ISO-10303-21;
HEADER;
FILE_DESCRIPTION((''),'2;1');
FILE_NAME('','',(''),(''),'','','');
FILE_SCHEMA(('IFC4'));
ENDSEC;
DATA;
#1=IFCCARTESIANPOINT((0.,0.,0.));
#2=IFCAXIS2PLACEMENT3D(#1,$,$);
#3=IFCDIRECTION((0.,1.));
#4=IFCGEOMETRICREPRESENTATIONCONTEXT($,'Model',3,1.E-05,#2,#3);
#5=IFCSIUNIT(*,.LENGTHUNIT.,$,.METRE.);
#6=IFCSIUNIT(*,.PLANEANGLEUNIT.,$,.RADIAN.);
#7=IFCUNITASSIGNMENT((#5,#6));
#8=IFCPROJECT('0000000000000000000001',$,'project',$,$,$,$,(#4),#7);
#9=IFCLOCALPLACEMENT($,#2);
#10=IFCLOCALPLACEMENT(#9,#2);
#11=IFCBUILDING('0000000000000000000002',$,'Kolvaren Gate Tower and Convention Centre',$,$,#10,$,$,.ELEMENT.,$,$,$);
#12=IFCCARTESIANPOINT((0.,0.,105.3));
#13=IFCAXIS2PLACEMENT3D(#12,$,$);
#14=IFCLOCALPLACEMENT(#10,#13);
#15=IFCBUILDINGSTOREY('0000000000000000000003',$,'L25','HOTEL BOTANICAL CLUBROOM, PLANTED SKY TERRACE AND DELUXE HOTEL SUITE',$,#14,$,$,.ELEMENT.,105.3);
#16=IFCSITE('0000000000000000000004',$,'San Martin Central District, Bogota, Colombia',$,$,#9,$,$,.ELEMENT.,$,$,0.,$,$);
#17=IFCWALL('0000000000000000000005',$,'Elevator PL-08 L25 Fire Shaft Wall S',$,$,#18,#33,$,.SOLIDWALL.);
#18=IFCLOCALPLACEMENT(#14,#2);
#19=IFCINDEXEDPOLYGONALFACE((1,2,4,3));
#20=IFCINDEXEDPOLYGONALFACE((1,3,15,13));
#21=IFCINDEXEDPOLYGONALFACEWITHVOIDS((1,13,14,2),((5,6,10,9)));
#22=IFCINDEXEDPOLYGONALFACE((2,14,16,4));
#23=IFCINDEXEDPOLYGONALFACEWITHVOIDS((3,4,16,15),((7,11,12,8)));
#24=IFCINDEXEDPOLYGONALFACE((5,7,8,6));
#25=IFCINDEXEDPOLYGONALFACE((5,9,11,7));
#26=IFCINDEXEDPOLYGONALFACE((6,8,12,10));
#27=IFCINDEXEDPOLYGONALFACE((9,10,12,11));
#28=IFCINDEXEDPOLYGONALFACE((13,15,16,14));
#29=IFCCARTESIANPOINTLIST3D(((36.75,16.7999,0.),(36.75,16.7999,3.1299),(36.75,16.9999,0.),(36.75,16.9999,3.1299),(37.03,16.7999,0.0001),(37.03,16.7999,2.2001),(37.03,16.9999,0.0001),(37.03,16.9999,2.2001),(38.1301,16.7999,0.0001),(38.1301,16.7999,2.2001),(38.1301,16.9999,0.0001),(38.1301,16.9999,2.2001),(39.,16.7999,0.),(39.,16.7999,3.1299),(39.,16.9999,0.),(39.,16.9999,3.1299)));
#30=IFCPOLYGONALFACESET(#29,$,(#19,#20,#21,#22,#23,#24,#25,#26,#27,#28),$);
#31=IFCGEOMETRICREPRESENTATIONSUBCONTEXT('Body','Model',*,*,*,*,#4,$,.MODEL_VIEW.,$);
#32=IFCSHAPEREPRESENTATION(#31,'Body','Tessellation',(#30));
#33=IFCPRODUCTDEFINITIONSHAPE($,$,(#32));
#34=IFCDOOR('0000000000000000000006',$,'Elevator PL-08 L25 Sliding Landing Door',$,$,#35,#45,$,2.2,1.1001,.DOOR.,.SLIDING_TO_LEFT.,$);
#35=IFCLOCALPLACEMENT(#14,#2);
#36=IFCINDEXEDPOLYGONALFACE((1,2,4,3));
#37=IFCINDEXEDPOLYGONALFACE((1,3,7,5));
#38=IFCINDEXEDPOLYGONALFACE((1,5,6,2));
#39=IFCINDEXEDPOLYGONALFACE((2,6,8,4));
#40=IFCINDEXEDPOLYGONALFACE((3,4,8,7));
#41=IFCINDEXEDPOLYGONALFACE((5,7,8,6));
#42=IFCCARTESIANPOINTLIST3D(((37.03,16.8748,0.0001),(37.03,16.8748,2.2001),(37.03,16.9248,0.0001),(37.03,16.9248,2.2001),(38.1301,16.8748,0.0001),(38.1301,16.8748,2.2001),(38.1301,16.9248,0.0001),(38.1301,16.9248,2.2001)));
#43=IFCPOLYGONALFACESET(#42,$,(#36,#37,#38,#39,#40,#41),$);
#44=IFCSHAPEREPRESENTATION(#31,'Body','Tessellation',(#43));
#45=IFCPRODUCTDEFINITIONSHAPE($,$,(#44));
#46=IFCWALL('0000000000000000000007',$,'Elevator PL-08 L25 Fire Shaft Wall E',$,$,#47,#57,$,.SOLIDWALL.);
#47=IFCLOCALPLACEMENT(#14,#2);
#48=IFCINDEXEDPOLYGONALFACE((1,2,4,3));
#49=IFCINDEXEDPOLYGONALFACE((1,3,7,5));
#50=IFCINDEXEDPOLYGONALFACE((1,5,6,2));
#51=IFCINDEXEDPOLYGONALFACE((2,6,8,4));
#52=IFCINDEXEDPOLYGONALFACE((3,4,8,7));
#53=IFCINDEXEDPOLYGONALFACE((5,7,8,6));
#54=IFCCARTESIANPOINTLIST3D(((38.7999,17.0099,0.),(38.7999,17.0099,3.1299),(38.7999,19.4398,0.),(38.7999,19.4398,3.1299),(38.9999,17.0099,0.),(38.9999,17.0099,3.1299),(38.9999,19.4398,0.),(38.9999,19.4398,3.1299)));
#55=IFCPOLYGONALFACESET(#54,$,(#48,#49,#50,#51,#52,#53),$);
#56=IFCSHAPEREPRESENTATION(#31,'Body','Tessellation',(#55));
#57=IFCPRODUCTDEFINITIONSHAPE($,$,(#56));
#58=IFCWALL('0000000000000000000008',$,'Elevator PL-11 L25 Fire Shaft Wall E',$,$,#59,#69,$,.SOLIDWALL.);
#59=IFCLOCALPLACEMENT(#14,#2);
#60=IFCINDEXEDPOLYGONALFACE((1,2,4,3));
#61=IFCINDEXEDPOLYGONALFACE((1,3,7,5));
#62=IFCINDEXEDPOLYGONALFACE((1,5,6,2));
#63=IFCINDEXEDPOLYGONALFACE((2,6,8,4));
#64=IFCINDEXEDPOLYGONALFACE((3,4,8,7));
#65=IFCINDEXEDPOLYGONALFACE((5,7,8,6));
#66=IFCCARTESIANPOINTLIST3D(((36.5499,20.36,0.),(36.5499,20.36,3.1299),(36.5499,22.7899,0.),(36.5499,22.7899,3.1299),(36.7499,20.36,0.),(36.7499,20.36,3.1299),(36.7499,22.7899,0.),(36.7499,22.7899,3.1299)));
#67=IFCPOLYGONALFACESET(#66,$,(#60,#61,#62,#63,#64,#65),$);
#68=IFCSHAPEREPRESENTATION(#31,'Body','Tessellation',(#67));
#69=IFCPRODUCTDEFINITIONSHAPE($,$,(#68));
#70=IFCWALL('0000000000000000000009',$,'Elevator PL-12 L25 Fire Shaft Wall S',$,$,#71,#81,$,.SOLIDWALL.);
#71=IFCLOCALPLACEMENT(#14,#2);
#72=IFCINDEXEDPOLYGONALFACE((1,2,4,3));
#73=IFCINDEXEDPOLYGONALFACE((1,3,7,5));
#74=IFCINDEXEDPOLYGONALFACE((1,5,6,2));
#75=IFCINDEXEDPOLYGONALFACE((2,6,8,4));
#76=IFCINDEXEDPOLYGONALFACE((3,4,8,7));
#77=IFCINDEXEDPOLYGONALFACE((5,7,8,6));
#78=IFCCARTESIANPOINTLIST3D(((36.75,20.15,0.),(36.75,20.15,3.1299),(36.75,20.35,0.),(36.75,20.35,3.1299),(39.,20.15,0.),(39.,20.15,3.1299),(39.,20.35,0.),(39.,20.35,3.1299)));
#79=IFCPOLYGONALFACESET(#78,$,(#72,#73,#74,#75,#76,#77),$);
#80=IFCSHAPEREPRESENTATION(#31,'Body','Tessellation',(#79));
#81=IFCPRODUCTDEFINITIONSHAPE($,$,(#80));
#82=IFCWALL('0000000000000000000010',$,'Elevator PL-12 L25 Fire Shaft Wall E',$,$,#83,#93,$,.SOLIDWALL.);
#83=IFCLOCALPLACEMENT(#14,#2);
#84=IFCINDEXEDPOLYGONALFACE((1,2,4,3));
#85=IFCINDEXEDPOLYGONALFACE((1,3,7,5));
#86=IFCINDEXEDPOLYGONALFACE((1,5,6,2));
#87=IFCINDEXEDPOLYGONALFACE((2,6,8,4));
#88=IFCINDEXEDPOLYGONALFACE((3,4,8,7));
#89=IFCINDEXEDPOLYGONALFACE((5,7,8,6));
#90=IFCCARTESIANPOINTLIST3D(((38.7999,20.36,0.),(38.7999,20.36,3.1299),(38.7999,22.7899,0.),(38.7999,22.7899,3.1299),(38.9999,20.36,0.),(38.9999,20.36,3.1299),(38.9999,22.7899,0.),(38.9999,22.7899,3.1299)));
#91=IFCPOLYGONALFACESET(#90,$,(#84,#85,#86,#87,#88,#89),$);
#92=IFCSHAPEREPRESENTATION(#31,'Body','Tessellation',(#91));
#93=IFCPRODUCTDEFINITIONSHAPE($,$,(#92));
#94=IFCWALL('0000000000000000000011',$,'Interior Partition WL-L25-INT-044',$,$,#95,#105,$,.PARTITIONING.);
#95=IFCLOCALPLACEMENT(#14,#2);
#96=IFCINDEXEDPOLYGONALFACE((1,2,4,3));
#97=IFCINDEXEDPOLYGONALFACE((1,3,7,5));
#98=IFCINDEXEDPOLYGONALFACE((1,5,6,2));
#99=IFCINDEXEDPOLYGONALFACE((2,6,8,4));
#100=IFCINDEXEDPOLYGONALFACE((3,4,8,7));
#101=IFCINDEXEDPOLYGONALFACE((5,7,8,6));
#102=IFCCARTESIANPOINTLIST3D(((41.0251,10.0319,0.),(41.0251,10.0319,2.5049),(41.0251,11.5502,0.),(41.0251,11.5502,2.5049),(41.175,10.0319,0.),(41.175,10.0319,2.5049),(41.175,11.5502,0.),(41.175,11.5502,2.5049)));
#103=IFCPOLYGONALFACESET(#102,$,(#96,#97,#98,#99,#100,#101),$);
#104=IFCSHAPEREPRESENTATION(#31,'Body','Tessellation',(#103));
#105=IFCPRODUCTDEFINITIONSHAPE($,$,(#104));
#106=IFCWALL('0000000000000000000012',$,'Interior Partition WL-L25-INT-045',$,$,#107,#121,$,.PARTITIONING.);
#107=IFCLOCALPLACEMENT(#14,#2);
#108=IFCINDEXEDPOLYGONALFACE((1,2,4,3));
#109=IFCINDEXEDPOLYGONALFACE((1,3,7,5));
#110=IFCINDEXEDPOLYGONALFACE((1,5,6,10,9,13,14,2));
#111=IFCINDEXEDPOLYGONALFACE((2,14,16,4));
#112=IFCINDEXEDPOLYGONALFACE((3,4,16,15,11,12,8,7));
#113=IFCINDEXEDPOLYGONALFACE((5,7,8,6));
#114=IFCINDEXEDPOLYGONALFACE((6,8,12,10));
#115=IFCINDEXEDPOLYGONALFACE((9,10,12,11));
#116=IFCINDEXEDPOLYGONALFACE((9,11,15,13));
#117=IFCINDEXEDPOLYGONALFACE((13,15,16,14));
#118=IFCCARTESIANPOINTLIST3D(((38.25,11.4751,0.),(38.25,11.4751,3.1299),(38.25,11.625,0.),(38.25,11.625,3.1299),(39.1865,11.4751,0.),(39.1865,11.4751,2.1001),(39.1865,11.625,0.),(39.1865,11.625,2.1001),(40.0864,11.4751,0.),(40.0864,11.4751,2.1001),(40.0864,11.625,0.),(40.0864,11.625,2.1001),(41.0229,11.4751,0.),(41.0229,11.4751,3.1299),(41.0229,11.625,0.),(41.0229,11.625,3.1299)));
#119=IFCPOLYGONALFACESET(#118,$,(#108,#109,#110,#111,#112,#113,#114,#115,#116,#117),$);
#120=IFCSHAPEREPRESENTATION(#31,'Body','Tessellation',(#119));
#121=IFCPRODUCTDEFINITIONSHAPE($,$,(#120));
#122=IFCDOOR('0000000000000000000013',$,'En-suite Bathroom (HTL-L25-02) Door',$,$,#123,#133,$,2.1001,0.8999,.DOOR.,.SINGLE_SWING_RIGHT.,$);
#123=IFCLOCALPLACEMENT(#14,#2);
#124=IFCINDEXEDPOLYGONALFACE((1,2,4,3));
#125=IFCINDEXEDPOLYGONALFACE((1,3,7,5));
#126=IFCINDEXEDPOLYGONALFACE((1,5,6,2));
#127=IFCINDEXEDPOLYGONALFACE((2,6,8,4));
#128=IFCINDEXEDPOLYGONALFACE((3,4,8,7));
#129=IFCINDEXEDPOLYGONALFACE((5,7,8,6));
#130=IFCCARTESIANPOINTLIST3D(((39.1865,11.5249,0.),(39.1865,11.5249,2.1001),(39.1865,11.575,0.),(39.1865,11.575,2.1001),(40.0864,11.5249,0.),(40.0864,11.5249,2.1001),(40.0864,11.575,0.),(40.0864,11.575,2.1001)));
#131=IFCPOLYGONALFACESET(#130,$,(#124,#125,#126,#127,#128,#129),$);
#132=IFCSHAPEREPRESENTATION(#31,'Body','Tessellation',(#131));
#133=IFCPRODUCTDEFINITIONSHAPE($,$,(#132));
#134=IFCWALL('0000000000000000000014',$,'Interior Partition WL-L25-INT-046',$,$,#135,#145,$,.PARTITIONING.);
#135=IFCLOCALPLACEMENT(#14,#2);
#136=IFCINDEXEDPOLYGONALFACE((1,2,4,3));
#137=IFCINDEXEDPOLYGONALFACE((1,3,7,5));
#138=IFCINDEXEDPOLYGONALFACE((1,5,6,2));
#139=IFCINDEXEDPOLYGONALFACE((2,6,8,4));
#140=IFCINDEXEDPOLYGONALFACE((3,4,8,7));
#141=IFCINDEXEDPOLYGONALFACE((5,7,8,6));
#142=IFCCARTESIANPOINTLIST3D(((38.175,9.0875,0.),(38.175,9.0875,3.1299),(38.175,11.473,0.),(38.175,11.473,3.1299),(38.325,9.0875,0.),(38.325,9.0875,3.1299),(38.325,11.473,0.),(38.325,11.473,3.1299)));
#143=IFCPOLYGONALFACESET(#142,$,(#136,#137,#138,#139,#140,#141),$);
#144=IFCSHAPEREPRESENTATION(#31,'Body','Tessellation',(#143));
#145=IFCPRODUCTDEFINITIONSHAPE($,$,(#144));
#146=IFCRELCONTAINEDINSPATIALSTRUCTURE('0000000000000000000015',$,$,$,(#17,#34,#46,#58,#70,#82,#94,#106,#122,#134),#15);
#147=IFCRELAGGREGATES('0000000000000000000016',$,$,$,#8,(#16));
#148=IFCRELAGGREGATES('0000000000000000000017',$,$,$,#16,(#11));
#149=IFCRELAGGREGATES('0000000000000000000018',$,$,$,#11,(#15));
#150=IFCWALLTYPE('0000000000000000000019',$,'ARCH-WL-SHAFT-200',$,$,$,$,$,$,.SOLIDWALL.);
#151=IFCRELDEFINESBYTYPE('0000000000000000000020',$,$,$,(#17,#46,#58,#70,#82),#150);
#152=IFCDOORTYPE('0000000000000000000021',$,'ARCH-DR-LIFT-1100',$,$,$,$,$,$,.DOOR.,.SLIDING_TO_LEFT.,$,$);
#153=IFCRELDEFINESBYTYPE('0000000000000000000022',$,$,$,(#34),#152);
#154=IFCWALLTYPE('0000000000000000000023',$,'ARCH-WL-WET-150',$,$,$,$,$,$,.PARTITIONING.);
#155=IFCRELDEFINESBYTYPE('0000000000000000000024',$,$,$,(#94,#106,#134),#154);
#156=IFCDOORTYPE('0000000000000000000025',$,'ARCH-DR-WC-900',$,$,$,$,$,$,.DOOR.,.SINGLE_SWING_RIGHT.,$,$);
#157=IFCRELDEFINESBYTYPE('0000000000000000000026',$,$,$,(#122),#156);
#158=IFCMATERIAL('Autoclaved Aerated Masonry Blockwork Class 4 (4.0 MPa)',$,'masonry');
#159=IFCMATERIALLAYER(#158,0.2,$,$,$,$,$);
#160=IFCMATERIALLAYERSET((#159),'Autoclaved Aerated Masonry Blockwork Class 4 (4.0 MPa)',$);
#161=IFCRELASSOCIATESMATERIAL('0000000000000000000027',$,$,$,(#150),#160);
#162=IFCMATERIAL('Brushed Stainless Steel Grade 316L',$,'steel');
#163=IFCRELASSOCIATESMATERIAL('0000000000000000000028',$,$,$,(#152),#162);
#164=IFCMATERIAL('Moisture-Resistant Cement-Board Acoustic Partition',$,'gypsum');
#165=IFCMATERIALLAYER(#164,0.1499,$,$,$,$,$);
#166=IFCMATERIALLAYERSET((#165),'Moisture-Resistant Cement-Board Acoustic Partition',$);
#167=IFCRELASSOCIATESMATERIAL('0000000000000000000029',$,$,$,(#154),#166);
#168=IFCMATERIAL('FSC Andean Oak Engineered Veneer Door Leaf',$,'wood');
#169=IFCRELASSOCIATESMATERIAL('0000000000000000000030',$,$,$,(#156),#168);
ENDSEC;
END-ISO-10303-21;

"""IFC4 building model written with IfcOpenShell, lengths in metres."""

from ifc_helpers import new_model, si_unit, direction, frame, frame_2d, origin, place, context, subcontext, project, spatial, rectangle, extrude, material, layer, layer_set, type_object, element, fill, save


model = new_model("IFC4")

# Units and contexts
model_context = context("Model", 3, precision=1e-05, world=origin(), true_north=direction((0.0, 1.0)))
body_context = subcontext(model_context, "Body", "Model", "MODEL_VIEW")
ifc_project = project(units=[si_unit("LENGTHUNIT", "METRE"), si_unit("PLANEANGLEUNIT", "RADIAN")], contexts=[model_context])

# Site, building, storey
site_placement = place(None, origin())
site = spatial("IfcSite", under=ifc_project, at=site_placement, Name="San Martin Central District, Bogota, Colombia", CompositionType="ELEMENT", RefElevation=0.0)
building_placement = place(site_placement, origin())
building = spatial("IfcBuilding", under=site, at=building_placement, Name="Kolvaren Gate Tower and Convention Centre", CompositionType="ELEMENT")
storey_placement = place(building_placement, frame((0.0, 0.0, 105.3)))
storey = spatial("IfcBuildingStorey", under=building, at=storey_placement, Name="L25", Description="HOTEL BOTANICAL CLUBROOM, PLANTED SKY TERRACE AND DELUXE HOTEL SUITE", CompositionType="ELEMENT", Elevation=105.3)

# Shared definitions
ifc_material_1 = material(Name="Autoclaved Aerated Masonry Blockwork Class 4 (4.0 MPa)", Category="masonry")
ifc_layer_1 = layer(ifc_material_1, 0.2)
ifc_layer_set_1 = layer_set([ifc_layer_1], Name="Autoclaved Aerated Masonry Blockwork Class 4 (4.0 MPa)")
wall_type_1 = type_object("IfcWallType", Name="ARCH-WL-SHAFT-200", PredefinedType="SOLIDWALL", material=ifc_layer_set_1)

# Wall, opening, door
wall_1_placement = place(storey_placement, frame((36.75, 16.8999, 0.0), z_axis=(0.0, 0.0, 1.0), x_axis=(1.0, 0.0, 0.0)))
wall_1 = element("IfcWall", 1, at=wall_1_placement, inside=storey, type_object=wall_type_1, Name="Elevator PL-08 L25 Fire Shaft Wall S", PredefinedType="SOLIDWALL", context=body_context, shape_type="SweptSolid", body=[
    extrude(rectangle(XDim=2.25, YDim=0.2, at=frame_2d((1.125, 0.0))), origin(), (0.0, 0.0, 1.0), 3.1299),
])
opening_1_placement = place(wall_1_placement, frame((0.28, 0.0, 0.0)))
opening_1 = element("IfcOpeningElement", 2, at=opening_1_placement, cuts=wall_1, PredefinedType="OPENING", context=body_context, shape_type="SweptSolid", body=[
    extrude(rectangle(XDim=1.1001, YDim=2.2, at=frame_2d((0.55, 1.1001))), frame((0.0, 0.1099, 0.0), z_axis=(0.0, -1.0, 0.0), x_axis=(1.0, 0.0, 0.0)), (0.0, 0.0, 1.0), 0.22),
])
ifc_material_2 = material(Name="Brushed Stainless Steel Grade 316L", Category="steel")
door_type_1 = type_object("IfcDoorType", Name="ARCH-DR-LIFT-1100", OperationType="SLIDING_TO_LEFT", PredefinedType="DOOR", material=ifc_material_2)
door_1_placement = place(opening_1_placement, origin())
door_1 = element("IfcDoor", 3, at=door_1_placement, inside=storey, type_object=door_type_1, Name="Elevator PL-08 L25 Sliding Landing Door", OperationType="SLIDING_TO_LEFT", OverallHeight=2.2, OverallWidth=1.1001, PredefinedType="DOOR", context=body_context, shape_type="SweptSolid", body=[
    extrude(rectangle(XDim=1.1001, YDim=2.2, at=frame_2d((0.55, 1.1001))), frame((0.0, 0.0249, 0.0), z_axis=(0.0, -1.0, 0.0), x_axis=(1.0, 0.0, 0.0)), (0.0, 0.0, 1.0), 0.05),
])
fill(opening_1, door_1)

# Walls
for number, where, z_axis, x_axis, name in (
    (4, (38.8999, 17.01, 0.0), (0.0, 0.0, 1.0), (0.0, 1.0, 0.0), "Elevator PL-08 L25 Fire Shaft Wall E"),
    (5, (36.6499, 20.3601, 0.0), (0.0, 0.0, 1.0), (0.0, 1.0, 0.0), "Elevator PL-11 L25 Fire Shaft Wall E"),
):
    element("IfcWall", number, at=place(storey_placement, frame(where, z_axis=z_axis, x_axis=x_axis)), inside=storey, type_object=wall_type_1, Name=name, PredefinedType="SOLIDWALL", context=body_context, shape_type="SweptSolid", body=[
        extrude(rectangle(XDim=2.4299, YDim=0.2, at=frame_2d((1.2148, 0.0))), origin(), (0.0, 0.0, 1.0), 3.1299),
    ])
wall_2_placement = place(storey_placement, frame((36.75, 20.25, 0.0), z_axis=(0.0, 0.0, 1.0), x_axis=(1.0, 0.0, 0.0)))
element("IfcWall", 6, at=wall_2_placement, inside=storey, type_object=wall_type_1, Name="Elevator PL-12 L25 Fire Shaft Wall S", PredefinedType="SOLIDWALL", context=body_context, shape_type="SweptSolid", body=[
    extrude(rectangle(XDim=2.25, YDim=0.2, at=frame_2d((1.125, 0.0))), origin(), (0.0, 0.0, 1.0), 3.1299),
])
wall_3_placement = place(storey_placement, frame((38.8999, 20.3601, 0.0), z_axis=(0.0, 0.0, 1.0), x_axis=(0.0, 1.0, 0.0)))
element("IfcWall", 7, at=wall_3_placement, inside=storey, type_object=wall_type_1, Name="Elevator PL-12 L25 Fire Shaft Wall E", PredefinedType="SOLIDWALL", context=body_context, shape_type="SweptSolid", body=[
    extrude(rectangle(XDim=2.4299, YDim=0.2, at=frame_2d((1.2148, 0.0))), origin(), (0.0, 0.0, 1.0), 3.1299),
])
ifc_material_3 = material(Name="Moisture-Resistant Cement-Board Acoustic Partition", Category="gypsum")
ifc_layer_2 = layer(ifc_material_3, 0.1499)
ifc_layer_set_2 = layer_set([ifc_layer_2], Name="Moisture-Resistant Cement-Board Acoustic Partition")
wall_type_2 = type_object("IfcWallType", Name="ARCH-WL-WET-150", PredefinedType="PARTITIONING", material=ifc_layer_set_2)
wall_4_placement = place(storey_placement, frame((41.1001, 10.0317, 0.0), z_axis=(0.0, 0.0, 1.0), x_axis=(0.0, 1.0, 0.0)))
element("IfcWall", 8, at=wall_4_placement, inside=storey, type_object=wall_type_2, Name="Interior Partition WL-L25-INT-044", PredefinedType="PARTITIONING", context=body_context, shape_type="SweptSolid", body=[
    extrude(rectangle(XDim=1.5183, YDim=0.1499, at=frame_2d((0.7593, 0.0))), origin(), (0.0, 0.0, 1.0), 2.5049),
])

# Wall, opening, door
wall_5_placement = place(storey_placement, frame((38.25, 11.55, 0.0), z_axis=(0.0, 0.0, 1.0), x_axis=(1.0, 0.0, 0.0)))
wall_5 = element("IfcWall", 9, at=wall_5_placement, inside=storey, type_object=wall_type_2, Name="Interior Partition WL-L25-INT-045", PredefinedType="PARTITIONING", context=body_context, shape_type="SweptSolid", body=[
    extrude(rectangle(XDim=2.7729, YDim=0.1499, at=frame_2d((1.3865, 0.0))), origin(), (0.0, 0.0, 1.0), 3.1299),
])
opening_2_placement = place(wall_5_placement, frame((0.9365, 0.0, 0.0)))
opening_2 = element("IfcOpeningElement", 10, at=opening_2_placement, cuts=wall_5, PredefinedType="OPENING", context=body_context, shape_type="SweptSolid", body=[
    extrude(rectangle(XDim=0.8999, YDim=2.1001, at=frame_2d((0.45, 1.05))), frame((0.0, 0.085, 0.0), z_axis=(0.0, -1.0, 0.0), x_axis=(1.0, 0.0, 0.0)), (0.0, 0.0, 1.0), 0.1699),
])
ifc_material_4 = material(Name="FSC Andean Oak Engineered Veneer Door Leaf", Category="wood")
door_type_2 = type_object("IfcDoorType", Name="ARCH-DR-WC-900", OperationType="SINGLE_SWING_RIGHT", PredefinedType="DOOR", material=ifc_material_4)
door_2_placement = place(opening_2_placement, origin())
door_2 = element("IfcDoor", 11, at=door_2_placement, inside=storey, type_object=door_type_2, Name="En-suite Bathroom (HTL-L25-02) Door", OperationType="SINGLE_SWING_RIGHT", OverallHeight=2.1001, OverallWidth=0.8999, PredefinedType="DOOR", context=body_context, shape_type="SweptSolid", body=[
    extrude(rectangle(XDim=0.8999, YDim=2.1001, at=frame_2d((0.45, 1.05))), frame((0.0, 0.0249, 0.0), z_axis=(0.0, -1.0, 0.0), x_axis=(1.0, 0.0, 0.0)), (0.0, 0.0, 1.0), 0.05),
])
fill(opening_2, door_2)

# Wall
wall_6_placement = place(storey_placement, frame((38.25, 9.0874, 0.0), z_axis=(0.0, 0.0, 1.0), x_axis=(0.0, 1.0, 0.0)))
element("IfcWall", 12, at=wall_6_placement, inside=storey, type_object=wall_type_2, Name="Interior Partition WL-L25-INT-046", PredefinedType="PARTITIONING", context=body_context, shape_type="SweptSolid", body=[
    extrude(rectangle(XDim=2.3855, YDim=0.1499, at=frame_2d((1.1929, 0.0))), origin(), (0.0, 0.0, 1.0), 3.1299),
])

save(model, "model.ifc")
